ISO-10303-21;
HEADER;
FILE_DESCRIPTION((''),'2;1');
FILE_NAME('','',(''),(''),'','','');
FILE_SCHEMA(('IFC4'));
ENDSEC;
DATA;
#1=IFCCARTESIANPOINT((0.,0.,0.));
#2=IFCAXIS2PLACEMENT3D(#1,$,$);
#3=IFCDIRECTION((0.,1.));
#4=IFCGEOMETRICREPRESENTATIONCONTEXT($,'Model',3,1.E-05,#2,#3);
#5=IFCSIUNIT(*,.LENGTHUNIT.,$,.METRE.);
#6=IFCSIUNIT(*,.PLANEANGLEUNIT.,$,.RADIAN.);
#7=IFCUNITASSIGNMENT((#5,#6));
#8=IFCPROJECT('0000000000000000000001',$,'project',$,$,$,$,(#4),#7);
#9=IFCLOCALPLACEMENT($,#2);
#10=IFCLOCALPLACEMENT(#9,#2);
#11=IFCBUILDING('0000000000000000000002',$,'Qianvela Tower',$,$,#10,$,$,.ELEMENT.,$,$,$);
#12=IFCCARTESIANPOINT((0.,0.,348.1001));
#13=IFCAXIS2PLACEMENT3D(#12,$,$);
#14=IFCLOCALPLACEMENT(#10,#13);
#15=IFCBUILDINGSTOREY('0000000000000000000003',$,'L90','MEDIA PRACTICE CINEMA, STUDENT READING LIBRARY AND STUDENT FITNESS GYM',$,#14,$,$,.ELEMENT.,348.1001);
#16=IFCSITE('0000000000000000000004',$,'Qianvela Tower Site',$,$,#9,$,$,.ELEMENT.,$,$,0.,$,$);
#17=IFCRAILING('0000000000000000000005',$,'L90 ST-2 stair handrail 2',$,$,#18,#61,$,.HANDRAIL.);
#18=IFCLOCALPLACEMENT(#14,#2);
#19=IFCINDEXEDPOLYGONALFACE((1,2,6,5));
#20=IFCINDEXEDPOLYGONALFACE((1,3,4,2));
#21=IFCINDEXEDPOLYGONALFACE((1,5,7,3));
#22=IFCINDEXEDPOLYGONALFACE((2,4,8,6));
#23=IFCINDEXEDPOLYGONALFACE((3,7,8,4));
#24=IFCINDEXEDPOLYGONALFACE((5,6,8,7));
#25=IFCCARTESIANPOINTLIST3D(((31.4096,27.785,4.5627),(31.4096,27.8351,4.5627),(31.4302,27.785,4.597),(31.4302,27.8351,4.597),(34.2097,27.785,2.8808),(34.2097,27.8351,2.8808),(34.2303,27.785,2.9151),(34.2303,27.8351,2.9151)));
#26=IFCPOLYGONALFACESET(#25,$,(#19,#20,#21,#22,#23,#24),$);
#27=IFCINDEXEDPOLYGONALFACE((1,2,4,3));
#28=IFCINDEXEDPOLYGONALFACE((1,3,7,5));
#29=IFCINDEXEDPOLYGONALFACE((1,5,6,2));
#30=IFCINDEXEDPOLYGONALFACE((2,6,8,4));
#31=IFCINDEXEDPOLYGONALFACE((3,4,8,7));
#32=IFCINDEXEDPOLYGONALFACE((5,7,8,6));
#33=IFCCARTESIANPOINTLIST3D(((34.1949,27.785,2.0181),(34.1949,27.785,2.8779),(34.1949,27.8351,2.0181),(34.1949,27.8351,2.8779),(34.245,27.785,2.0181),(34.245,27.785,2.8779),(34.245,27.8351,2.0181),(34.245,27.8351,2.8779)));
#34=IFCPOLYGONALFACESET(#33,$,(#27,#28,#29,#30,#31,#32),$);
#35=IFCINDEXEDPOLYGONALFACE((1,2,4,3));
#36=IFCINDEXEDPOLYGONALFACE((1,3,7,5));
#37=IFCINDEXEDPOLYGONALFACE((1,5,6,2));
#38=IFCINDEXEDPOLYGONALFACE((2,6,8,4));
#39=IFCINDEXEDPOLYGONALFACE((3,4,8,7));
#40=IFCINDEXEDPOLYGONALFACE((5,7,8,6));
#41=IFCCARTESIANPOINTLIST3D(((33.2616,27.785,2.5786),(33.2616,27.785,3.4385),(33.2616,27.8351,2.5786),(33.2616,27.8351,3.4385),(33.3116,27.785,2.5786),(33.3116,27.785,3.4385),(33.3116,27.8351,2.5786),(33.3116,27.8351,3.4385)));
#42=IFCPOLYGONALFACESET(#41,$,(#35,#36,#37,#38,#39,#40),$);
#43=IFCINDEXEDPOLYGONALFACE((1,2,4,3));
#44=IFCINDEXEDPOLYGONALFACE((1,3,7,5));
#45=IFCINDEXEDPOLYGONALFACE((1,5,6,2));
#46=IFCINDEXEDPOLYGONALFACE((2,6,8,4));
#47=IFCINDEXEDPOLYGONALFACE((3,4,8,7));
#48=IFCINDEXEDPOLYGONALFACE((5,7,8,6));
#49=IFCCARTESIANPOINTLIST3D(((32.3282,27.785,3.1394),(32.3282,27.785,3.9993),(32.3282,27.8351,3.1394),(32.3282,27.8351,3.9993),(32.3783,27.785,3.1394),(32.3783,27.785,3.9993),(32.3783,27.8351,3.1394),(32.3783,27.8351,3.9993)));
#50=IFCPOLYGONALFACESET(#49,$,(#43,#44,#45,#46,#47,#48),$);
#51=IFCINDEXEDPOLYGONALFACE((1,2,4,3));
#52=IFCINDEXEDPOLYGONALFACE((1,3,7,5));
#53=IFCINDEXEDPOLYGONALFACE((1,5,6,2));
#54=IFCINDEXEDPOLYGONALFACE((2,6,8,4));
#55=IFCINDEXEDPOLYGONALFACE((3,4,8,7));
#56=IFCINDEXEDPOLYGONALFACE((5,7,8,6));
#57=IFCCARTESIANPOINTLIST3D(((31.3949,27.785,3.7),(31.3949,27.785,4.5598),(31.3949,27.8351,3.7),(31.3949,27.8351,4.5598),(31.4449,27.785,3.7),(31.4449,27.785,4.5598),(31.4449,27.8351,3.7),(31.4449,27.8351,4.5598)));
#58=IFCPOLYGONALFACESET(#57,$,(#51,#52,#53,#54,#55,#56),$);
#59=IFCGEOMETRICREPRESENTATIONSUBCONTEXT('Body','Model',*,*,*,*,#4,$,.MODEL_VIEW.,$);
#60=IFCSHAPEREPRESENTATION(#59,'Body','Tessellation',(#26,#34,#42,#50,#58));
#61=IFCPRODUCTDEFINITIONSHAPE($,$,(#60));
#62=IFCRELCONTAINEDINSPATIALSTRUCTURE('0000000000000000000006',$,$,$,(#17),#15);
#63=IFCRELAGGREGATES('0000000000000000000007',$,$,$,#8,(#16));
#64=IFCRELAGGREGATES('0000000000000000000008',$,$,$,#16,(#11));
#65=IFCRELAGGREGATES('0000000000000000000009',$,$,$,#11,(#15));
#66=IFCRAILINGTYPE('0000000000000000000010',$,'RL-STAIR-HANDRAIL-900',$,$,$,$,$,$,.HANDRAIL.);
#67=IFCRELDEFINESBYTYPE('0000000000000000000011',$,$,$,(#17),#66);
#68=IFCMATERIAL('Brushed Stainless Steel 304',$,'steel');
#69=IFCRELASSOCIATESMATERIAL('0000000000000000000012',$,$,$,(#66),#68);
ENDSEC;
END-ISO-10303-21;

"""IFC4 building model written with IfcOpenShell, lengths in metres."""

from ifc_helpers import new_model, si_unit, direction, frame, origin, origin_2d, place, context, subcontext, project, spatial, rectangle, extrude, material, type_object, element, save


model = new_model("IFC4")

# Units and contexts
model_context = context("Model", 3, precision=1e-05, world=origin(), true_north=direction((0.0, 1.0)))
body_context = subcontext(model_context, "Body", "Model", "MODEL_VIEW")
ifc_project = project(units=[si_unit("LENGTHUNIT", "METRE"), si_unit("PLANEANGLEUNIT", "RADIAN")], contexts=[model_context])

# Site, building, storey
site_placement = place(None, origin())
site = spatial("IfcSite", under=ifc_project, at=site_placement, Name="Qianvela Tower Site", CompositionType="ELEMENT", RefElevation=0.0)
building_placement = place(site_placement, origin())
building = spatial("IfcBuilding", under=site, at=building_placement, Name="Qianvela Tower", CompositionType="ELEMENT")
storey_placement = place(building_placement, frame((0.0, 0.0, 348.1001)))
storey = spatial("IfcBuildingStorey", under=building, at=storey_placement, Name="L90", Description="MEDIA PRACTICE CINEMA, STUDENT READING LIBRARY AND STUDENT FITNESS GYM", CompositionType="ELEMENT", Elevation=348.1001)

# Railing
ifc_material_1 = material(Name="Brushed Stainless Steel 304", Category="steel")
railing_type_1 = type_object("IfcRailingType", Name="RL-STAIR-HANDRAIL-900", PredefinedType="HANDRAIL", material=ifc_material_1)
railing_1_placement = place(storey_placement, frame((34.22, 27.8101, 2.0181)))
element("IfcRailing", 1, at=railing_1_placement, inside=storey, type_object=railing_type_1, Name="L90 ST-2 stair handrail 2", PredefinedType="HANDRAIL", context=body_context, shape_type="SweptSolid", body=[
    extrude(rectangle(XDim=0.05, YDim=0.04, at=origin_2d()), frame((0.0, 0.0, 0.8799), z_axis=(-0.857242, 0.0, 0.514913), x_axis=(0.0, -1.0, 0.0)), (0.0, 0.0, 1.0), 3.2664),
    extrude(rectangle(XDim=0.05, YDim=0.05, at=origin_2d()), origin(), (0.0, 0.0, 1.0), 0.8599),
    extrude(rectangle(XDim=0.05, YDim=0.05, at=origin_2d()), frame((-0.9333, 0.0, 0.5605)), (0.0, 0.0, 1.0), 0.8599),
    extrude(rectangle(XDim=0.05, YDim=0.05, at=origin_2d()), frame((-1.8667, 0.0, 1.1213)), (0.0, 0.0, 1.0), 0.8599),
    extrude(rectangle(XDim=0.05, YDim=0.05, at=origin_2d()), frame((-2.8, 0.0, 1.6819)), (0.0, 0.0, 1.0), 0.8599),
])

save(model, "model.ifc")
